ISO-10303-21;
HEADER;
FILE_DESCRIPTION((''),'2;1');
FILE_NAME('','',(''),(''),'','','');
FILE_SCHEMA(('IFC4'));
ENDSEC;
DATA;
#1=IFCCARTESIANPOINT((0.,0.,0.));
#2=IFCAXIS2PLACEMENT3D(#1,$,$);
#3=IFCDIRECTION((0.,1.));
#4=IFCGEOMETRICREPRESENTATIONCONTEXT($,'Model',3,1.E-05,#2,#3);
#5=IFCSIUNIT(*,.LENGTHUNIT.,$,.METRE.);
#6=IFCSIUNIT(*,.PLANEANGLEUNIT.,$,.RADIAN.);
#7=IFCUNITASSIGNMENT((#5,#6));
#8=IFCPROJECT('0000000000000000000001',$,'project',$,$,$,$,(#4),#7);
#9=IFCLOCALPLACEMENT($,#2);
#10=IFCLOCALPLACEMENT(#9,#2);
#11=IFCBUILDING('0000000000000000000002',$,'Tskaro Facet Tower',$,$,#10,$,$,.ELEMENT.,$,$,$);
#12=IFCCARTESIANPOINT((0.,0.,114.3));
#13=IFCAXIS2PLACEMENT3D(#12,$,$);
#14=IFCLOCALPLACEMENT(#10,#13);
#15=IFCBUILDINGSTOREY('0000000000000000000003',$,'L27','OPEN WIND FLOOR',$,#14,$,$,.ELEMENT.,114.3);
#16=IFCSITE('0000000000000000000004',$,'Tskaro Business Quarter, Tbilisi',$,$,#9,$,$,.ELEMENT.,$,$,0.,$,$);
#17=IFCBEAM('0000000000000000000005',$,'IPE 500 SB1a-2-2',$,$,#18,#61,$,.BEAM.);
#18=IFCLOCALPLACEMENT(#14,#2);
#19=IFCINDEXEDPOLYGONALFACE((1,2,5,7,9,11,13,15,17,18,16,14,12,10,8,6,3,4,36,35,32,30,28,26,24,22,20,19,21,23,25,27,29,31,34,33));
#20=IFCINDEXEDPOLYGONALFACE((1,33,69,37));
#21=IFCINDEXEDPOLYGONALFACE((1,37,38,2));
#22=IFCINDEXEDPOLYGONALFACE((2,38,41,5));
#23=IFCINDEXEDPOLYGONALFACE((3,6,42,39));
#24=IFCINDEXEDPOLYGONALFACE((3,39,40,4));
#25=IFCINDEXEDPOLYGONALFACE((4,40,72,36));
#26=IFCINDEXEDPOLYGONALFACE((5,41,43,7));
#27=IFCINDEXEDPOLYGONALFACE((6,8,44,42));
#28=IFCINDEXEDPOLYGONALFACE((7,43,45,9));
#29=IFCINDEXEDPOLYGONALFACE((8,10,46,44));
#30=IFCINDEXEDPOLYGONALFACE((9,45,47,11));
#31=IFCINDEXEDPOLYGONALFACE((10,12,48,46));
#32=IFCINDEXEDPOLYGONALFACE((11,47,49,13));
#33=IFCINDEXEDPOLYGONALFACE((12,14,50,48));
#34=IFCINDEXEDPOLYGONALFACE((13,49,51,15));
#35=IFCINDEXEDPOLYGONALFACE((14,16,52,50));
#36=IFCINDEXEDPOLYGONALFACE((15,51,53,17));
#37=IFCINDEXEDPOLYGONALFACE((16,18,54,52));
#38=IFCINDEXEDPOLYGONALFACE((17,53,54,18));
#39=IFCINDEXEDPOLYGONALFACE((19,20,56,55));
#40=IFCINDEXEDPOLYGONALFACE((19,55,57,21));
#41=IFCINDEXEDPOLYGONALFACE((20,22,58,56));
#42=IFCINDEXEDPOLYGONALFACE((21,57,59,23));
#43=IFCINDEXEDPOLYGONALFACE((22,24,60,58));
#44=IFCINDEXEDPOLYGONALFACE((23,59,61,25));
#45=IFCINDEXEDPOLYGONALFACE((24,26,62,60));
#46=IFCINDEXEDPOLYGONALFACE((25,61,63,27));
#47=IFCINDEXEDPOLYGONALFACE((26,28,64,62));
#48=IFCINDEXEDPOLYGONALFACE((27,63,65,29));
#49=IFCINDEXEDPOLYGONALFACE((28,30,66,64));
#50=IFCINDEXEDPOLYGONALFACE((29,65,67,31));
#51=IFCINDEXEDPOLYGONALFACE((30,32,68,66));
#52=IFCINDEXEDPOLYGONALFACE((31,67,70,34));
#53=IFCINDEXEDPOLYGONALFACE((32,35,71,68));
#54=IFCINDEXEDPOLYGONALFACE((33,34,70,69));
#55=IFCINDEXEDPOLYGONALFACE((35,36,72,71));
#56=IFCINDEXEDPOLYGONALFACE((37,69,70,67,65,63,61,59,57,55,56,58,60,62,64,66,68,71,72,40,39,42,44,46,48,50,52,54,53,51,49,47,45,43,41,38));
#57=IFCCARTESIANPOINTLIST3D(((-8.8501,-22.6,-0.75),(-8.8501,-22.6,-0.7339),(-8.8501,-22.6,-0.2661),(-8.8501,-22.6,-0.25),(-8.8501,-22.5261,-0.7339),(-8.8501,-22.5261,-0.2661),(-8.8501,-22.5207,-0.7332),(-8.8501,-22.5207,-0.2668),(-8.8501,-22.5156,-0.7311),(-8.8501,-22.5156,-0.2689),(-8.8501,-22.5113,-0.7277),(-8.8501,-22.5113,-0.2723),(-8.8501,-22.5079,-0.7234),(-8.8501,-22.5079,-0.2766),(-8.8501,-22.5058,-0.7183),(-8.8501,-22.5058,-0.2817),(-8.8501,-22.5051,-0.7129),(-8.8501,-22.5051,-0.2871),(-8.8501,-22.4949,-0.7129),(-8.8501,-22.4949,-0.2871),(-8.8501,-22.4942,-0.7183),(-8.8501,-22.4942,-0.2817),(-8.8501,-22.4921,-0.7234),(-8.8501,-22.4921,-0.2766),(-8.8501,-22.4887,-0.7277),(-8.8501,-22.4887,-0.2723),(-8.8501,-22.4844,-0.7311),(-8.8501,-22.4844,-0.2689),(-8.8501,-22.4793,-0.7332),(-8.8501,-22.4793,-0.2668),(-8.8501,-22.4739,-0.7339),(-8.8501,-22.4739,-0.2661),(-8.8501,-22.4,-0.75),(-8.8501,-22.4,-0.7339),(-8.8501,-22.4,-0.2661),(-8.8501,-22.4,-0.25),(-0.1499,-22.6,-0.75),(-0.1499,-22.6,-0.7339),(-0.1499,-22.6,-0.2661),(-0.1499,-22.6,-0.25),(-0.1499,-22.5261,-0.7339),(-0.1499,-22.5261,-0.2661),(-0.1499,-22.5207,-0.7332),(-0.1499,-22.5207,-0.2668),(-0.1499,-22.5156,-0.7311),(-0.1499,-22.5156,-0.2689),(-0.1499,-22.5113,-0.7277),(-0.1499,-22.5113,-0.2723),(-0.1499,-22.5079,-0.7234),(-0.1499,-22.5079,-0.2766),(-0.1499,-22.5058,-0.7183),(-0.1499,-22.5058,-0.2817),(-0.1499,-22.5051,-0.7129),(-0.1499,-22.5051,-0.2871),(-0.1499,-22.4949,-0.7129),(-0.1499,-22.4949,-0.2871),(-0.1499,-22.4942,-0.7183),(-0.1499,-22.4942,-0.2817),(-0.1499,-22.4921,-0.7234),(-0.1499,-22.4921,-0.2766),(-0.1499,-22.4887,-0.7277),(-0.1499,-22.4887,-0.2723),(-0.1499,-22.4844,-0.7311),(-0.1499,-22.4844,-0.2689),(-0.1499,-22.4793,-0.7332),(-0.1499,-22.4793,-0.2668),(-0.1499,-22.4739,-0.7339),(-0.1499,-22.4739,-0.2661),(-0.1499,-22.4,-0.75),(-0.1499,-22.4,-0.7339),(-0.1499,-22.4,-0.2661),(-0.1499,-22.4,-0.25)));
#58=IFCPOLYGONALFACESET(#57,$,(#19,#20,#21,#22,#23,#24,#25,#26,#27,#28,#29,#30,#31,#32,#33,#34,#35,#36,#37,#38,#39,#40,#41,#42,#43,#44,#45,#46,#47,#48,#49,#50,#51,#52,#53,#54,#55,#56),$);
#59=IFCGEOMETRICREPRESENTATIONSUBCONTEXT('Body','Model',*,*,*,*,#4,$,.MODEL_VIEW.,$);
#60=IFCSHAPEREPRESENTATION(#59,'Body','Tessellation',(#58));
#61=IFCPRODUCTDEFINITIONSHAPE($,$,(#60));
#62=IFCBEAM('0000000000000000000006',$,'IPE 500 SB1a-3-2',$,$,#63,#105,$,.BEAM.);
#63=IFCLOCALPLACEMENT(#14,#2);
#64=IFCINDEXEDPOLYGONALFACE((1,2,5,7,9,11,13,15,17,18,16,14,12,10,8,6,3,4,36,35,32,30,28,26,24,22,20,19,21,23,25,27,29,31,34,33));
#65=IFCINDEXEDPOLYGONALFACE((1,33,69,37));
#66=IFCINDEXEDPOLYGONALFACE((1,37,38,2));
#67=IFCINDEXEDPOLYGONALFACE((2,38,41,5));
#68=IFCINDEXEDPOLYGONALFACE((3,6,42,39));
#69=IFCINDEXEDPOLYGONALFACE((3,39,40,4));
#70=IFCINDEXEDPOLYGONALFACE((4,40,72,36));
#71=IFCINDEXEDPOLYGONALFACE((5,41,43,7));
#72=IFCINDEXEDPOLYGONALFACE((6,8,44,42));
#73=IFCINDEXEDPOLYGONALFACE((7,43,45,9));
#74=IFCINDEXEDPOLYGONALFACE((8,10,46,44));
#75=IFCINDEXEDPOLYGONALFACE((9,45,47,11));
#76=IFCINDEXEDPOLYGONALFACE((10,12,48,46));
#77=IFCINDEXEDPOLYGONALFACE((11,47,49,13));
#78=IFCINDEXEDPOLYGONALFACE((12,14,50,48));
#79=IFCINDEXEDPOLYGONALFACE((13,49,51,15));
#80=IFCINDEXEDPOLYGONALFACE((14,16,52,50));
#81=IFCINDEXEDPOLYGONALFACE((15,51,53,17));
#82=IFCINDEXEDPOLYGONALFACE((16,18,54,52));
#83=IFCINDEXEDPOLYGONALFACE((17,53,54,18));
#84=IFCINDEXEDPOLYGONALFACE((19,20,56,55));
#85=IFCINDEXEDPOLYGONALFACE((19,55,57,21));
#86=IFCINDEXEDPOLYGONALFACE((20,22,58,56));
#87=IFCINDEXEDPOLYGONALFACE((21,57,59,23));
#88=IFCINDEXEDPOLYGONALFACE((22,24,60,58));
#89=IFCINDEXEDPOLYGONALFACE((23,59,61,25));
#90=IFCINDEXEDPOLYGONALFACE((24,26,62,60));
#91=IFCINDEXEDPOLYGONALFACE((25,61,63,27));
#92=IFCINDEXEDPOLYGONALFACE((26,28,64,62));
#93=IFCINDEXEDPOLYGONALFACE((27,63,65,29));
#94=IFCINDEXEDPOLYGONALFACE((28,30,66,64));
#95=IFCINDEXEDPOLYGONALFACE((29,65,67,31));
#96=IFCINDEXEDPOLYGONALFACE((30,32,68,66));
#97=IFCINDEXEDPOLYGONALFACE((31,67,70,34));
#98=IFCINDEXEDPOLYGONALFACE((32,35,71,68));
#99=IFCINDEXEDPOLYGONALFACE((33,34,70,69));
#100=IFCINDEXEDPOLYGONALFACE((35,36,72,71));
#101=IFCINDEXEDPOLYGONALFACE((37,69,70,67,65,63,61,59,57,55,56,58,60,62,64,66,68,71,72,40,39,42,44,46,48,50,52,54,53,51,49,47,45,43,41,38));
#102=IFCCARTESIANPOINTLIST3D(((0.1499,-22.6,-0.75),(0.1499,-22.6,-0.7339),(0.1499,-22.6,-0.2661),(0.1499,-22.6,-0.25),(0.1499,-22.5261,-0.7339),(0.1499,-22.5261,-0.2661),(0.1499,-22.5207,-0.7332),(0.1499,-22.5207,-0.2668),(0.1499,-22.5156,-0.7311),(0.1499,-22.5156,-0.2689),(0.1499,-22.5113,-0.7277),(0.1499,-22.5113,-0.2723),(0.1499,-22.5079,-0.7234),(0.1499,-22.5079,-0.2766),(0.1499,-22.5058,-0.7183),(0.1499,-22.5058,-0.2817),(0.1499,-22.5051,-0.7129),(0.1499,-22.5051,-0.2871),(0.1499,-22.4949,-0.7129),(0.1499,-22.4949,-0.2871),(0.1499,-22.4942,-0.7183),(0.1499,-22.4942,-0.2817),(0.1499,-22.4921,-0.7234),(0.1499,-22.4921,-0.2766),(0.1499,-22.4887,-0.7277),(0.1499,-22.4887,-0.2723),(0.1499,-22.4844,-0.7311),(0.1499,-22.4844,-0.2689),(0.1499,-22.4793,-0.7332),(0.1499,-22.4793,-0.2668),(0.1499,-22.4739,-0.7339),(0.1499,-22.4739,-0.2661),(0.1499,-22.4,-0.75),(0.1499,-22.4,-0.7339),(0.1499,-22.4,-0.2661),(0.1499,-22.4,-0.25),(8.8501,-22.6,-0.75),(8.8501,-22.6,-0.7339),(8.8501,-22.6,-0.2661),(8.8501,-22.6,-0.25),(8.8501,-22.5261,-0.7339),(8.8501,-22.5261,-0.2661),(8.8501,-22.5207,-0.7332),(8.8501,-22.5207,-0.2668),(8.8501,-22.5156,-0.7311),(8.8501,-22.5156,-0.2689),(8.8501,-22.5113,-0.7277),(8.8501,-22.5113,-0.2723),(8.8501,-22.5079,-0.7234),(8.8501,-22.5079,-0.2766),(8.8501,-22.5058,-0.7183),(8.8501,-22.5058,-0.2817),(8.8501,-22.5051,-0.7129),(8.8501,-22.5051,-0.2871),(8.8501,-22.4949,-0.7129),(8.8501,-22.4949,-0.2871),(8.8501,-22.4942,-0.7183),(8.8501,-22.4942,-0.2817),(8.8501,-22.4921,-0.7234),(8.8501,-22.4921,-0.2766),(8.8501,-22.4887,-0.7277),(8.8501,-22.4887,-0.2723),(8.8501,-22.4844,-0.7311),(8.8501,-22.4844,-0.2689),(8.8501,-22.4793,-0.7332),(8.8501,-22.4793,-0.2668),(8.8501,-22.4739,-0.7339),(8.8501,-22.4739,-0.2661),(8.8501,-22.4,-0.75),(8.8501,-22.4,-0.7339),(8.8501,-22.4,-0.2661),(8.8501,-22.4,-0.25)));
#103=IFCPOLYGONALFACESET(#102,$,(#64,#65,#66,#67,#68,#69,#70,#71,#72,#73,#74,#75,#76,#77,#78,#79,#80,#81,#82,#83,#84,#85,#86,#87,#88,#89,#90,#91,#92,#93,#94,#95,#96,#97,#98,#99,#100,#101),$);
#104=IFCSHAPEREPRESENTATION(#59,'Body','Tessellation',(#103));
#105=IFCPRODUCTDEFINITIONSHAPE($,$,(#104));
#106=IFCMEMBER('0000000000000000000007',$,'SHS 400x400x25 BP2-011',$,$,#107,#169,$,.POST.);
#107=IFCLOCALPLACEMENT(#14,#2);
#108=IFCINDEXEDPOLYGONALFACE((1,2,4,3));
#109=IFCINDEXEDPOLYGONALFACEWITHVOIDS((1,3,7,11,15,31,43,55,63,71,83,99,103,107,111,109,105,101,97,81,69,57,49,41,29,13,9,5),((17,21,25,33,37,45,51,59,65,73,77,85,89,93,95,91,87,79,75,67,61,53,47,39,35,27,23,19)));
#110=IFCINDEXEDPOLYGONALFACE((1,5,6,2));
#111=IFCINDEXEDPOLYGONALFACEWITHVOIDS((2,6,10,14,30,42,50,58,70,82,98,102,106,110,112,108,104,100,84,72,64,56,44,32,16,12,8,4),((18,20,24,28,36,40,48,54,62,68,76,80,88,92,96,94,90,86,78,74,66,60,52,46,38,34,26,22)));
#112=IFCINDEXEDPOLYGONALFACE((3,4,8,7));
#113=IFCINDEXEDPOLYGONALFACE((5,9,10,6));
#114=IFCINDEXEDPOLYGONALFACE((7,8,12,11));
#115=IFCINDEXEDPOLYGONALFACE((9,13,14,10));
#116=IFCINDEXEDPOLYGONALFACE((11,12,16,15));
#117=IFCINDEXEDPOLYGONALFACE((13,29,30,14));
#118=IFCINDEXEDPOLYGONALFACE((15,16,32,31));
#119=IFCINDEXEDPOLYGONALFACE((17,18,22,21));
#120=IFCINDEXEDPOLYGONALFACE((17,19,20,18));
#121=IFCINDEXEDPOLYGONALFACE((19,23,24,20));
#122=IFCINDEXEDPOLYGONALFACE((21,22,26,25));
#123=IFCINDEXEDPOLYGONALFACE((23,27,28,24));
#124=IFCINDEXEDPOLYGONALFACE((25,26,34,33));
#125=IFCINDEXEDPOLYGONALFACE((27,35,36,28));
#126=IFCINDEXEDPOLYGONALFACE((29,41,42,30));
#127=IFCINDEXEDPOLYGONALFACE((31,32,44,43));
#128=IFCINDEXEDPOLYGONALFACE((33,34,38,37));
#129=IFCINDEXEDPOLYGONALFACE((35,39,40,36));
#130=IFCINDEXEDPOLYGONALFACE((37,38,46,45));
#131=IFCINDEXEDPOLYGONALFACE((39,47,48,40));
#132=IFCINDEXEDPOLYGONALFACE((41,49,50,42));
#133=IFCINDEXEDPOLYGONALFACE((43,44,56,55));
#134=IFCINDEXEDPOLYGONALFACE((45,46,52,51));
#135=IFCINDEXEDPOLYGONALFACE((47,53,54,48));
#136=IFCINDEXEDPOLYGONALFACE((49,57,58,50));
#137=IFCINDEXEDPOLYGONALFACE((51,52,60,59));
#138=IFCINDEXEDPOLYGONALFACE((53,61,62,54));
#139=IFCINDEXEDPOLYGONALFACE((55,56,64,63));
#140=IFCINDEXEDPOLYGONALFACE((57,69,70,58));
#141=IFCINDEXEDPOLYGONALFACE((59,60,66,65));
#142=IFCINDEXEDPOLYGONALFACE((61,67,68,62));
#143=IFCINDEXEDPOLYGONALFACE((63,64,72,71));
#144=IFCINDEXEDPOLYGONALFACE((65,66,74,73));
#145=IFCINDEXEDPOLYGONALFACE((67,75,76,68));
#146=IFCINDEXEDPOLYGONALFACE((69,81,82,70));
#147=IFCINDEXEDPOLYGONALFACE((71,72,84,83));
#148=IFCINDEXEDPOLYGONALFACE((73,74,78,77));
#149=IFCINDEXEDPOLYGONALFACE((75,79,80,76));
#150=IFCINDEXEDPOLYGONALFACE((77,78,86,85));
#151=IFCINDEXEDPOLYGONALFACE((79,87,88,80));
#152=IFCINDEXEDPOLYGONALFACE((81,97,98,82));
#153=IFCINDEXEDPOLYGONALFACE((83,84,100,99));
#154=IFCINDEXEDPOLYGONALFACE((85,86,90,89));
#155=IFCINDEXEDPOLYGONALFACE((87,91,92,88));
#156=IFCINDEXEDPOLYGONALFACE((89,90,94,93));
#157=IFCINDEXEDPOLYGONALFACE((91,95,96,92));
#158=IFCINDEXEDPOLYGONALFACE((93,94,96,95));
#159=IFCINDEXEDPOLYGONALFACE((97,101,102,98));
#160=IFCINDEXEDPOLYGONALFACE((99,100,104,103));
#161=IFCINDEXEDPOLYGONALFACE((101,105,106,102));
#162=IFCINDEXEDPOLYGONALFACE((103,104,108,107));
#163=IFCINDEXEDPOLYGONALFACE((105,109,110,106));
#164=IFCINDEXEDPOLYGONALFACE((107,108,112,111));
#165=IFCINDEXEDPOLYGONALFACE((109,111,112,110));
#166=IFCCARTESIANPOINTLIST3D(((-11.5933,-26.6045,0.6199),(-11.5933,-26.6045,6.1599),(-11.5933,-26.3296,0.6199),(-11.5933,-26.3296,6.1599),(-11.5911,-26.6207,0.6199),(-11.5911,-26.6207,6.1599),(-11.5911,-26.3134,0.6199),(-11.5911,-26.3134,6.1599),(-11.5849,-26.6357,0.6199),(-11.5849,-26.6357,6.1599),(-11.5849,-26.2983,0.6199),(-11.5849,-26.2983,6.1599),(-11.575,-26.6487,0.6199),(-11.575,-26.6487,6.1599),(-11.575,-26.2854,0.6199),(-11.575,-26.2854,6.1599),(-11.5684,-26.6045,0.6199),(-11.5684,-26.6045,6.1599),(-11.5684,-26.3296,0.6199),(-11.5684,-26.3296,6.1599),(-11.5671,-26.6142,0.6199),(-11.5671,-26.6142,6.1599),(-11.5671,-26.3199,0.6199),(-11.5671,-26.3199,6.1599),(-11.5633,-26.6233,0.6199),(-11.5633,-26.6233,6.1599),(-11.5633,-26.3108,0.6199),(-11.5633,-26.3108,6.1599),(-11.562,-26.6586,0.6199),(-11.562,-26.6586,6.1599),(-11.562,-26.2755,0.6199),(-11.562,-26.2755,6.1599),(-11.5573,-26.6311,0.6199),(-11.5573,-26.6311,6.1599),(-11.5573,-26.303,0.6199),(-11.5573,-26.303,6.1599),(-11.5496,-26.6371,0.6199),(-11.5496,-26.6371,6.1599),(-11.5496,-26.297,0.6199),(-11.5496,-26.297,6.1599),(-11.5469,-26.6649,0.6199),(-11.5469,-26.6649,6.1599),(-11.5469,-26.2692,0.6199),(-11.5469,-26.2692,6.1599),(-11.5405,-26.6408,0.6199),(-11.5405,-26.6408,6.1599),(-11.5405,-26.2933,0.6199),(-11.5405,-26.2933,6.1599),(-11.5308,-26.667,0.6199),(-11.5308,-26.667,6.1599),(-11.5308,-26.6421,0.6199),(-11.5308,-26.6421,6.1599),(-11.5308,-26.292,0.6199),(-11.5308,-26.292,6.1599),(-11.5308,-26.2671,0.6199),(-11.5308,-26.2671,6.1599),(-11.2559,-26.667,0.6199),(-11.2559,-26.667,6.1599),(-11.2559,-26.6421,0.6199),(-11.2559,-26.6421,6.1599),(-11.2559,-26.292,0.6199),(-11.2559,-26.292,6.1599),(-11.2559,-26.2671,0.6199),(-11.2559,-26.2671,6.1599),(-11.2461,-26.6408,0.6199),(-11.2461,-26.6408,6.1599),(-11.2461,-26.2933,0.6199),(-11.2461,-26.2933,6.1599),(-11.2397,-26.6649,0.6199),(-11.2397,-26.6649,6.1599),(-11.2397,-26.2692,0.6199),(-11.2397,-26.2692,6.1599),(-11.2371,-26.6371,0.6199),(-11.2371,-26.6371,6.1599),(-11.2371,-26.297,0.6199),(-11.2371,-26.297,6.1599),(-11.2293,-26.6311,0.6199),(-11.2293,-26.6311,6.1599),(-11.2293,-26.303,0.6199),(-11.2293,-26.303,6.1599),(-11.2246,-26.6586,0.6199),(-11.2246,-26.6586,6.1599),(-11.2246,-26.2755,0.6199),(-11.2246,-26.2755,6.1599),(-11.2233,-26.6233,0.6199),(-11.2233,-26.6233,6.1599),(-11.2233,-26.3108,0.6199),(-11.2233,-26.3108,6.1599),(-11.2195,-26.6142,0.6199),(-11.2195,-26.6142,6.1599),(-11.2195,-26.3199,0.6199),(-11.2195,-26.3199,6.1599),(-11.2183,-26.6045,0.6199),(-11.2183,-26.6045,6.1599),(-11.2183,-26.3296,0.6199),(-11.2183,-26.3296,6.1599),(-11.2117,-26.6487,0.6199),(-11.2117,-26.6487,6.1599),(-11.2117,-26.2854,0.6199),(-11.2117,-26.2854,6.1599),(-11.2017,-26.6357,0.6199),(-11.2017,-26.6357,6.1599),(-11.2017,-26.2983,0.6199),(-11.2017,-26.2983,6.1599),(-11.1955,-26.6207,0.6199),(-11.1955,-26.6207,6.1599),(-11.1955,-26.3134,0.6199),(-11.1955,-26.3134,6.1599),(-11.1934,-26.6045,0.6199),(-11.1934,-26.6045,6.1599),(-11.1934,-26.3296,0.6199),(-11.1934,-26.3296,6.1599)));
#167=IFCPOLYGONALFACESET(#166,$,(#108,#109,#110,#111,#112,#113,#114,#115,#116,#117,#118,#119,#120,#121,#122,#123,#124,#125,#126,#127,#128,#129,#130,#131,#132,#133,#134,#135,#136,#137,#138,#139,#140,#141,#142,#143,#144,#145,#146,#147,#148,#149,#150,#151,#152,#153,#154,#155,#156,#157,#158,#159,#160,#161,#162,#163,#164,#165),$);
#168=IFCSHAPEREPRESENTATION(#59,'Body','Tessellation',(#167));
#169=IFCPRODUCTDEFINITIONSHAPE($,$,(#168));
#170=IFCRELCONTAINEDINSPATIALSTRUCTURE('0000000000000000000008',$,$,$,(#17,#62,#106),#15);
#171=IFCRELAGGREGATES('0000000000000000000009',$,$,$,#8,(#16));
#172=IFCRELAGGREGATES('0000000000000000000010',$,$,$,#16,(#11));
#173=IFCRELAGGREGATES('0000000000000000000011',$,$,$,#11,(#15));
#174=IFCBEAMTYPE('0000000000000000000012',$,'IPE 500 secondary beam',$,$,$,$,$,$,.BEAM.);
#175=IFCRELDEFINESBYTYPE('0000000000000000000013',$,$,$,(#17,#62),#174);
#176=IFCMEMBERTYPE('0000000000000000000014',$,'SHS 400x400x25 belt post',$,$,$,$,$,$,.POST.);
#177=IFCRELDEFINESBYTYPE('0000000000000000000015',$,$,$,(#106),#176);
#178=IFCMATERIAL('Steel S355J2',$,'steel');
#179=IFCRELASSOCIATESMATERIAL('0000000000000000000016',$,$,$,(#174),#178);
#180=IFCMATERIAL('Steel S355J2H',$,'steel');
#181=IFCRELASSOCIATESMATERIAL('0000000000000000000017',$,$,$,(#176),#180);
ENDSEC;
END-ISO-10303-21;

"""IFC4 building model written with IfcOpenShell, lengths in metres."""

from ifc_helpers import new_model, si_unit, direction, frame, origin, origin_2d, place, context, subcontext, project, spatial, hollow_rectangle, i_section, extrude, material, material_profile, profile_set, type_object, element, save


model = new_model("IFC4")

# Units and contexts
model_context = context("Model", 3, precision=1e-05, world=origin(), true_north=direction((0.0, 1.0)))
body_context = subcontext(model_context, "Body", "Model", "MODEL_VIEW")
ifc_project = project(units=[si_unit("LENGTHUNIT", "METRE"), si_unit("PLANEANGLEUNIT", "RADIAN")], contexts=[model_context])

# Site, building, storey
site_placement = place(None, origin())
site = spatial("IfcSite", under=ifc_project, at=site_placement, Name="Tskaro Business Quarter, Tbilisi", CompositionType="ELEMENT", RefElevation=0.0)
building_placement = place(site_placement, origin())
building = spatial("IfcBuilding", under=site, at=building_placement, Name="Tskaro Facet Tower", CompositionType="ELEMENT")
storey_placement = place(building_placement, frame((0.0, 0.0, 114.3)))
storey = spatial("IfcBuildingStorey", under=building, at=storey_placement, Name="L27", Description="OPEN WIND FLOOR", CompositionType="ELEMENT", Elevation=114.3)

# Shared definitions
ifc_material_1 = material(Name="Steel S355J2H", Category="steel")

# Shared definitions
ifc_material_2 = material(Name="Steel S355J2", Category="steel")

# Beams
ifc_material_profile_1 = material_profile(ifc_material_2, i_section(OverallWidth=0.2, OverallDepth=0.5, WebThickness=0.0103, FlangeThickness=0.0161, FilletRadius=0.021, at=origin_2d()), Name="IPE 500")
ifc_profile_set_1 = profile_set([ifc_material_profile_1], Name="Steel S355J2")
beam_type_1 = type_object("IfcBeamType", Name="IPE 500 secondary beam", PredefinedType="BEAM", material=ifc_profile_set_1)
for number, where, z_axis, x_axis, name in (
    (1, (-8.8501, -22.5, -0.5), (1.0, 0.0, 0.0), (0.0, 1.0, 0.0), "IPE 500 SB1a-2-2"),
    (2, (0.1499, -22.5, -0.5), (1.0, 0.0, 0.0), (0.0, 1.0, 0.0), "IPE 500 SB1a-3-2"),
):
    element("IfcBeam", number, at=place(storey_placement, frame(where, z_axis=z_axis, x_axis=x_axis)), inside=storey, type_object=beam_type_1, Name=name, PredefinedType="BEAM", context=body_context, shape_type="SweptSolid", body=[
        extrude(i_section(OverallWidth=0.2, OverallDepth=0.5, WebThickness=0.0103, FlangeThickness=0.0161, FilletRadius=0.021, at=origin_2d()), origin(), (0.0, 0.0, 1.0), 8.7002),
    ])

# Member
ifc_material_profile_2 = material_profile(ifc_material_1, hollow_rectangle(XDim=0.3999, YDim=0.3999, WallThickness=0.0249, InnerFilletRadius=0.0376, OuterFilletRadius=0.0625, at=origin_2d()), Name="SHS 400x400x25")
ifc_profile_set_2 = profile_set([ifc_material_profile_2], Name="Steel S355J2H")
member_type_1 = type_object("IfcMemberType", Name="SHS 400x400x25 belt post", PredefinedType="POST", material=ifc_profile_set_2)
for number, where, z_axis, x_axis, name in (
    (3, (-11.3933, -26.467, 0.6199), (0.0, 0.0, 1.0), (1.0, 0.0, 0.0), "SHS 400x400x25 BP2-011"),
):
    element("IfcMember", number, at=place(storey_placement, frame(where, z_axis=z_axis, x_axis=x_axis)), inside=storey, type_object=member_type_1, Name=name, PredefinedType="POST", context=body_context, shape_type="SweptSolid", body=[
        extrude(hollow_rectangle(XDim=0.3999, YDim=0.3999, WallThickness=0.0249, InnerFilletRadius=0.0376, OuterFilletRadius=0.0625, at=origin_2d()), origin(), (0.0, 0.0, 1.0), 5.54),
    ])

save(model, "model.ifc")
